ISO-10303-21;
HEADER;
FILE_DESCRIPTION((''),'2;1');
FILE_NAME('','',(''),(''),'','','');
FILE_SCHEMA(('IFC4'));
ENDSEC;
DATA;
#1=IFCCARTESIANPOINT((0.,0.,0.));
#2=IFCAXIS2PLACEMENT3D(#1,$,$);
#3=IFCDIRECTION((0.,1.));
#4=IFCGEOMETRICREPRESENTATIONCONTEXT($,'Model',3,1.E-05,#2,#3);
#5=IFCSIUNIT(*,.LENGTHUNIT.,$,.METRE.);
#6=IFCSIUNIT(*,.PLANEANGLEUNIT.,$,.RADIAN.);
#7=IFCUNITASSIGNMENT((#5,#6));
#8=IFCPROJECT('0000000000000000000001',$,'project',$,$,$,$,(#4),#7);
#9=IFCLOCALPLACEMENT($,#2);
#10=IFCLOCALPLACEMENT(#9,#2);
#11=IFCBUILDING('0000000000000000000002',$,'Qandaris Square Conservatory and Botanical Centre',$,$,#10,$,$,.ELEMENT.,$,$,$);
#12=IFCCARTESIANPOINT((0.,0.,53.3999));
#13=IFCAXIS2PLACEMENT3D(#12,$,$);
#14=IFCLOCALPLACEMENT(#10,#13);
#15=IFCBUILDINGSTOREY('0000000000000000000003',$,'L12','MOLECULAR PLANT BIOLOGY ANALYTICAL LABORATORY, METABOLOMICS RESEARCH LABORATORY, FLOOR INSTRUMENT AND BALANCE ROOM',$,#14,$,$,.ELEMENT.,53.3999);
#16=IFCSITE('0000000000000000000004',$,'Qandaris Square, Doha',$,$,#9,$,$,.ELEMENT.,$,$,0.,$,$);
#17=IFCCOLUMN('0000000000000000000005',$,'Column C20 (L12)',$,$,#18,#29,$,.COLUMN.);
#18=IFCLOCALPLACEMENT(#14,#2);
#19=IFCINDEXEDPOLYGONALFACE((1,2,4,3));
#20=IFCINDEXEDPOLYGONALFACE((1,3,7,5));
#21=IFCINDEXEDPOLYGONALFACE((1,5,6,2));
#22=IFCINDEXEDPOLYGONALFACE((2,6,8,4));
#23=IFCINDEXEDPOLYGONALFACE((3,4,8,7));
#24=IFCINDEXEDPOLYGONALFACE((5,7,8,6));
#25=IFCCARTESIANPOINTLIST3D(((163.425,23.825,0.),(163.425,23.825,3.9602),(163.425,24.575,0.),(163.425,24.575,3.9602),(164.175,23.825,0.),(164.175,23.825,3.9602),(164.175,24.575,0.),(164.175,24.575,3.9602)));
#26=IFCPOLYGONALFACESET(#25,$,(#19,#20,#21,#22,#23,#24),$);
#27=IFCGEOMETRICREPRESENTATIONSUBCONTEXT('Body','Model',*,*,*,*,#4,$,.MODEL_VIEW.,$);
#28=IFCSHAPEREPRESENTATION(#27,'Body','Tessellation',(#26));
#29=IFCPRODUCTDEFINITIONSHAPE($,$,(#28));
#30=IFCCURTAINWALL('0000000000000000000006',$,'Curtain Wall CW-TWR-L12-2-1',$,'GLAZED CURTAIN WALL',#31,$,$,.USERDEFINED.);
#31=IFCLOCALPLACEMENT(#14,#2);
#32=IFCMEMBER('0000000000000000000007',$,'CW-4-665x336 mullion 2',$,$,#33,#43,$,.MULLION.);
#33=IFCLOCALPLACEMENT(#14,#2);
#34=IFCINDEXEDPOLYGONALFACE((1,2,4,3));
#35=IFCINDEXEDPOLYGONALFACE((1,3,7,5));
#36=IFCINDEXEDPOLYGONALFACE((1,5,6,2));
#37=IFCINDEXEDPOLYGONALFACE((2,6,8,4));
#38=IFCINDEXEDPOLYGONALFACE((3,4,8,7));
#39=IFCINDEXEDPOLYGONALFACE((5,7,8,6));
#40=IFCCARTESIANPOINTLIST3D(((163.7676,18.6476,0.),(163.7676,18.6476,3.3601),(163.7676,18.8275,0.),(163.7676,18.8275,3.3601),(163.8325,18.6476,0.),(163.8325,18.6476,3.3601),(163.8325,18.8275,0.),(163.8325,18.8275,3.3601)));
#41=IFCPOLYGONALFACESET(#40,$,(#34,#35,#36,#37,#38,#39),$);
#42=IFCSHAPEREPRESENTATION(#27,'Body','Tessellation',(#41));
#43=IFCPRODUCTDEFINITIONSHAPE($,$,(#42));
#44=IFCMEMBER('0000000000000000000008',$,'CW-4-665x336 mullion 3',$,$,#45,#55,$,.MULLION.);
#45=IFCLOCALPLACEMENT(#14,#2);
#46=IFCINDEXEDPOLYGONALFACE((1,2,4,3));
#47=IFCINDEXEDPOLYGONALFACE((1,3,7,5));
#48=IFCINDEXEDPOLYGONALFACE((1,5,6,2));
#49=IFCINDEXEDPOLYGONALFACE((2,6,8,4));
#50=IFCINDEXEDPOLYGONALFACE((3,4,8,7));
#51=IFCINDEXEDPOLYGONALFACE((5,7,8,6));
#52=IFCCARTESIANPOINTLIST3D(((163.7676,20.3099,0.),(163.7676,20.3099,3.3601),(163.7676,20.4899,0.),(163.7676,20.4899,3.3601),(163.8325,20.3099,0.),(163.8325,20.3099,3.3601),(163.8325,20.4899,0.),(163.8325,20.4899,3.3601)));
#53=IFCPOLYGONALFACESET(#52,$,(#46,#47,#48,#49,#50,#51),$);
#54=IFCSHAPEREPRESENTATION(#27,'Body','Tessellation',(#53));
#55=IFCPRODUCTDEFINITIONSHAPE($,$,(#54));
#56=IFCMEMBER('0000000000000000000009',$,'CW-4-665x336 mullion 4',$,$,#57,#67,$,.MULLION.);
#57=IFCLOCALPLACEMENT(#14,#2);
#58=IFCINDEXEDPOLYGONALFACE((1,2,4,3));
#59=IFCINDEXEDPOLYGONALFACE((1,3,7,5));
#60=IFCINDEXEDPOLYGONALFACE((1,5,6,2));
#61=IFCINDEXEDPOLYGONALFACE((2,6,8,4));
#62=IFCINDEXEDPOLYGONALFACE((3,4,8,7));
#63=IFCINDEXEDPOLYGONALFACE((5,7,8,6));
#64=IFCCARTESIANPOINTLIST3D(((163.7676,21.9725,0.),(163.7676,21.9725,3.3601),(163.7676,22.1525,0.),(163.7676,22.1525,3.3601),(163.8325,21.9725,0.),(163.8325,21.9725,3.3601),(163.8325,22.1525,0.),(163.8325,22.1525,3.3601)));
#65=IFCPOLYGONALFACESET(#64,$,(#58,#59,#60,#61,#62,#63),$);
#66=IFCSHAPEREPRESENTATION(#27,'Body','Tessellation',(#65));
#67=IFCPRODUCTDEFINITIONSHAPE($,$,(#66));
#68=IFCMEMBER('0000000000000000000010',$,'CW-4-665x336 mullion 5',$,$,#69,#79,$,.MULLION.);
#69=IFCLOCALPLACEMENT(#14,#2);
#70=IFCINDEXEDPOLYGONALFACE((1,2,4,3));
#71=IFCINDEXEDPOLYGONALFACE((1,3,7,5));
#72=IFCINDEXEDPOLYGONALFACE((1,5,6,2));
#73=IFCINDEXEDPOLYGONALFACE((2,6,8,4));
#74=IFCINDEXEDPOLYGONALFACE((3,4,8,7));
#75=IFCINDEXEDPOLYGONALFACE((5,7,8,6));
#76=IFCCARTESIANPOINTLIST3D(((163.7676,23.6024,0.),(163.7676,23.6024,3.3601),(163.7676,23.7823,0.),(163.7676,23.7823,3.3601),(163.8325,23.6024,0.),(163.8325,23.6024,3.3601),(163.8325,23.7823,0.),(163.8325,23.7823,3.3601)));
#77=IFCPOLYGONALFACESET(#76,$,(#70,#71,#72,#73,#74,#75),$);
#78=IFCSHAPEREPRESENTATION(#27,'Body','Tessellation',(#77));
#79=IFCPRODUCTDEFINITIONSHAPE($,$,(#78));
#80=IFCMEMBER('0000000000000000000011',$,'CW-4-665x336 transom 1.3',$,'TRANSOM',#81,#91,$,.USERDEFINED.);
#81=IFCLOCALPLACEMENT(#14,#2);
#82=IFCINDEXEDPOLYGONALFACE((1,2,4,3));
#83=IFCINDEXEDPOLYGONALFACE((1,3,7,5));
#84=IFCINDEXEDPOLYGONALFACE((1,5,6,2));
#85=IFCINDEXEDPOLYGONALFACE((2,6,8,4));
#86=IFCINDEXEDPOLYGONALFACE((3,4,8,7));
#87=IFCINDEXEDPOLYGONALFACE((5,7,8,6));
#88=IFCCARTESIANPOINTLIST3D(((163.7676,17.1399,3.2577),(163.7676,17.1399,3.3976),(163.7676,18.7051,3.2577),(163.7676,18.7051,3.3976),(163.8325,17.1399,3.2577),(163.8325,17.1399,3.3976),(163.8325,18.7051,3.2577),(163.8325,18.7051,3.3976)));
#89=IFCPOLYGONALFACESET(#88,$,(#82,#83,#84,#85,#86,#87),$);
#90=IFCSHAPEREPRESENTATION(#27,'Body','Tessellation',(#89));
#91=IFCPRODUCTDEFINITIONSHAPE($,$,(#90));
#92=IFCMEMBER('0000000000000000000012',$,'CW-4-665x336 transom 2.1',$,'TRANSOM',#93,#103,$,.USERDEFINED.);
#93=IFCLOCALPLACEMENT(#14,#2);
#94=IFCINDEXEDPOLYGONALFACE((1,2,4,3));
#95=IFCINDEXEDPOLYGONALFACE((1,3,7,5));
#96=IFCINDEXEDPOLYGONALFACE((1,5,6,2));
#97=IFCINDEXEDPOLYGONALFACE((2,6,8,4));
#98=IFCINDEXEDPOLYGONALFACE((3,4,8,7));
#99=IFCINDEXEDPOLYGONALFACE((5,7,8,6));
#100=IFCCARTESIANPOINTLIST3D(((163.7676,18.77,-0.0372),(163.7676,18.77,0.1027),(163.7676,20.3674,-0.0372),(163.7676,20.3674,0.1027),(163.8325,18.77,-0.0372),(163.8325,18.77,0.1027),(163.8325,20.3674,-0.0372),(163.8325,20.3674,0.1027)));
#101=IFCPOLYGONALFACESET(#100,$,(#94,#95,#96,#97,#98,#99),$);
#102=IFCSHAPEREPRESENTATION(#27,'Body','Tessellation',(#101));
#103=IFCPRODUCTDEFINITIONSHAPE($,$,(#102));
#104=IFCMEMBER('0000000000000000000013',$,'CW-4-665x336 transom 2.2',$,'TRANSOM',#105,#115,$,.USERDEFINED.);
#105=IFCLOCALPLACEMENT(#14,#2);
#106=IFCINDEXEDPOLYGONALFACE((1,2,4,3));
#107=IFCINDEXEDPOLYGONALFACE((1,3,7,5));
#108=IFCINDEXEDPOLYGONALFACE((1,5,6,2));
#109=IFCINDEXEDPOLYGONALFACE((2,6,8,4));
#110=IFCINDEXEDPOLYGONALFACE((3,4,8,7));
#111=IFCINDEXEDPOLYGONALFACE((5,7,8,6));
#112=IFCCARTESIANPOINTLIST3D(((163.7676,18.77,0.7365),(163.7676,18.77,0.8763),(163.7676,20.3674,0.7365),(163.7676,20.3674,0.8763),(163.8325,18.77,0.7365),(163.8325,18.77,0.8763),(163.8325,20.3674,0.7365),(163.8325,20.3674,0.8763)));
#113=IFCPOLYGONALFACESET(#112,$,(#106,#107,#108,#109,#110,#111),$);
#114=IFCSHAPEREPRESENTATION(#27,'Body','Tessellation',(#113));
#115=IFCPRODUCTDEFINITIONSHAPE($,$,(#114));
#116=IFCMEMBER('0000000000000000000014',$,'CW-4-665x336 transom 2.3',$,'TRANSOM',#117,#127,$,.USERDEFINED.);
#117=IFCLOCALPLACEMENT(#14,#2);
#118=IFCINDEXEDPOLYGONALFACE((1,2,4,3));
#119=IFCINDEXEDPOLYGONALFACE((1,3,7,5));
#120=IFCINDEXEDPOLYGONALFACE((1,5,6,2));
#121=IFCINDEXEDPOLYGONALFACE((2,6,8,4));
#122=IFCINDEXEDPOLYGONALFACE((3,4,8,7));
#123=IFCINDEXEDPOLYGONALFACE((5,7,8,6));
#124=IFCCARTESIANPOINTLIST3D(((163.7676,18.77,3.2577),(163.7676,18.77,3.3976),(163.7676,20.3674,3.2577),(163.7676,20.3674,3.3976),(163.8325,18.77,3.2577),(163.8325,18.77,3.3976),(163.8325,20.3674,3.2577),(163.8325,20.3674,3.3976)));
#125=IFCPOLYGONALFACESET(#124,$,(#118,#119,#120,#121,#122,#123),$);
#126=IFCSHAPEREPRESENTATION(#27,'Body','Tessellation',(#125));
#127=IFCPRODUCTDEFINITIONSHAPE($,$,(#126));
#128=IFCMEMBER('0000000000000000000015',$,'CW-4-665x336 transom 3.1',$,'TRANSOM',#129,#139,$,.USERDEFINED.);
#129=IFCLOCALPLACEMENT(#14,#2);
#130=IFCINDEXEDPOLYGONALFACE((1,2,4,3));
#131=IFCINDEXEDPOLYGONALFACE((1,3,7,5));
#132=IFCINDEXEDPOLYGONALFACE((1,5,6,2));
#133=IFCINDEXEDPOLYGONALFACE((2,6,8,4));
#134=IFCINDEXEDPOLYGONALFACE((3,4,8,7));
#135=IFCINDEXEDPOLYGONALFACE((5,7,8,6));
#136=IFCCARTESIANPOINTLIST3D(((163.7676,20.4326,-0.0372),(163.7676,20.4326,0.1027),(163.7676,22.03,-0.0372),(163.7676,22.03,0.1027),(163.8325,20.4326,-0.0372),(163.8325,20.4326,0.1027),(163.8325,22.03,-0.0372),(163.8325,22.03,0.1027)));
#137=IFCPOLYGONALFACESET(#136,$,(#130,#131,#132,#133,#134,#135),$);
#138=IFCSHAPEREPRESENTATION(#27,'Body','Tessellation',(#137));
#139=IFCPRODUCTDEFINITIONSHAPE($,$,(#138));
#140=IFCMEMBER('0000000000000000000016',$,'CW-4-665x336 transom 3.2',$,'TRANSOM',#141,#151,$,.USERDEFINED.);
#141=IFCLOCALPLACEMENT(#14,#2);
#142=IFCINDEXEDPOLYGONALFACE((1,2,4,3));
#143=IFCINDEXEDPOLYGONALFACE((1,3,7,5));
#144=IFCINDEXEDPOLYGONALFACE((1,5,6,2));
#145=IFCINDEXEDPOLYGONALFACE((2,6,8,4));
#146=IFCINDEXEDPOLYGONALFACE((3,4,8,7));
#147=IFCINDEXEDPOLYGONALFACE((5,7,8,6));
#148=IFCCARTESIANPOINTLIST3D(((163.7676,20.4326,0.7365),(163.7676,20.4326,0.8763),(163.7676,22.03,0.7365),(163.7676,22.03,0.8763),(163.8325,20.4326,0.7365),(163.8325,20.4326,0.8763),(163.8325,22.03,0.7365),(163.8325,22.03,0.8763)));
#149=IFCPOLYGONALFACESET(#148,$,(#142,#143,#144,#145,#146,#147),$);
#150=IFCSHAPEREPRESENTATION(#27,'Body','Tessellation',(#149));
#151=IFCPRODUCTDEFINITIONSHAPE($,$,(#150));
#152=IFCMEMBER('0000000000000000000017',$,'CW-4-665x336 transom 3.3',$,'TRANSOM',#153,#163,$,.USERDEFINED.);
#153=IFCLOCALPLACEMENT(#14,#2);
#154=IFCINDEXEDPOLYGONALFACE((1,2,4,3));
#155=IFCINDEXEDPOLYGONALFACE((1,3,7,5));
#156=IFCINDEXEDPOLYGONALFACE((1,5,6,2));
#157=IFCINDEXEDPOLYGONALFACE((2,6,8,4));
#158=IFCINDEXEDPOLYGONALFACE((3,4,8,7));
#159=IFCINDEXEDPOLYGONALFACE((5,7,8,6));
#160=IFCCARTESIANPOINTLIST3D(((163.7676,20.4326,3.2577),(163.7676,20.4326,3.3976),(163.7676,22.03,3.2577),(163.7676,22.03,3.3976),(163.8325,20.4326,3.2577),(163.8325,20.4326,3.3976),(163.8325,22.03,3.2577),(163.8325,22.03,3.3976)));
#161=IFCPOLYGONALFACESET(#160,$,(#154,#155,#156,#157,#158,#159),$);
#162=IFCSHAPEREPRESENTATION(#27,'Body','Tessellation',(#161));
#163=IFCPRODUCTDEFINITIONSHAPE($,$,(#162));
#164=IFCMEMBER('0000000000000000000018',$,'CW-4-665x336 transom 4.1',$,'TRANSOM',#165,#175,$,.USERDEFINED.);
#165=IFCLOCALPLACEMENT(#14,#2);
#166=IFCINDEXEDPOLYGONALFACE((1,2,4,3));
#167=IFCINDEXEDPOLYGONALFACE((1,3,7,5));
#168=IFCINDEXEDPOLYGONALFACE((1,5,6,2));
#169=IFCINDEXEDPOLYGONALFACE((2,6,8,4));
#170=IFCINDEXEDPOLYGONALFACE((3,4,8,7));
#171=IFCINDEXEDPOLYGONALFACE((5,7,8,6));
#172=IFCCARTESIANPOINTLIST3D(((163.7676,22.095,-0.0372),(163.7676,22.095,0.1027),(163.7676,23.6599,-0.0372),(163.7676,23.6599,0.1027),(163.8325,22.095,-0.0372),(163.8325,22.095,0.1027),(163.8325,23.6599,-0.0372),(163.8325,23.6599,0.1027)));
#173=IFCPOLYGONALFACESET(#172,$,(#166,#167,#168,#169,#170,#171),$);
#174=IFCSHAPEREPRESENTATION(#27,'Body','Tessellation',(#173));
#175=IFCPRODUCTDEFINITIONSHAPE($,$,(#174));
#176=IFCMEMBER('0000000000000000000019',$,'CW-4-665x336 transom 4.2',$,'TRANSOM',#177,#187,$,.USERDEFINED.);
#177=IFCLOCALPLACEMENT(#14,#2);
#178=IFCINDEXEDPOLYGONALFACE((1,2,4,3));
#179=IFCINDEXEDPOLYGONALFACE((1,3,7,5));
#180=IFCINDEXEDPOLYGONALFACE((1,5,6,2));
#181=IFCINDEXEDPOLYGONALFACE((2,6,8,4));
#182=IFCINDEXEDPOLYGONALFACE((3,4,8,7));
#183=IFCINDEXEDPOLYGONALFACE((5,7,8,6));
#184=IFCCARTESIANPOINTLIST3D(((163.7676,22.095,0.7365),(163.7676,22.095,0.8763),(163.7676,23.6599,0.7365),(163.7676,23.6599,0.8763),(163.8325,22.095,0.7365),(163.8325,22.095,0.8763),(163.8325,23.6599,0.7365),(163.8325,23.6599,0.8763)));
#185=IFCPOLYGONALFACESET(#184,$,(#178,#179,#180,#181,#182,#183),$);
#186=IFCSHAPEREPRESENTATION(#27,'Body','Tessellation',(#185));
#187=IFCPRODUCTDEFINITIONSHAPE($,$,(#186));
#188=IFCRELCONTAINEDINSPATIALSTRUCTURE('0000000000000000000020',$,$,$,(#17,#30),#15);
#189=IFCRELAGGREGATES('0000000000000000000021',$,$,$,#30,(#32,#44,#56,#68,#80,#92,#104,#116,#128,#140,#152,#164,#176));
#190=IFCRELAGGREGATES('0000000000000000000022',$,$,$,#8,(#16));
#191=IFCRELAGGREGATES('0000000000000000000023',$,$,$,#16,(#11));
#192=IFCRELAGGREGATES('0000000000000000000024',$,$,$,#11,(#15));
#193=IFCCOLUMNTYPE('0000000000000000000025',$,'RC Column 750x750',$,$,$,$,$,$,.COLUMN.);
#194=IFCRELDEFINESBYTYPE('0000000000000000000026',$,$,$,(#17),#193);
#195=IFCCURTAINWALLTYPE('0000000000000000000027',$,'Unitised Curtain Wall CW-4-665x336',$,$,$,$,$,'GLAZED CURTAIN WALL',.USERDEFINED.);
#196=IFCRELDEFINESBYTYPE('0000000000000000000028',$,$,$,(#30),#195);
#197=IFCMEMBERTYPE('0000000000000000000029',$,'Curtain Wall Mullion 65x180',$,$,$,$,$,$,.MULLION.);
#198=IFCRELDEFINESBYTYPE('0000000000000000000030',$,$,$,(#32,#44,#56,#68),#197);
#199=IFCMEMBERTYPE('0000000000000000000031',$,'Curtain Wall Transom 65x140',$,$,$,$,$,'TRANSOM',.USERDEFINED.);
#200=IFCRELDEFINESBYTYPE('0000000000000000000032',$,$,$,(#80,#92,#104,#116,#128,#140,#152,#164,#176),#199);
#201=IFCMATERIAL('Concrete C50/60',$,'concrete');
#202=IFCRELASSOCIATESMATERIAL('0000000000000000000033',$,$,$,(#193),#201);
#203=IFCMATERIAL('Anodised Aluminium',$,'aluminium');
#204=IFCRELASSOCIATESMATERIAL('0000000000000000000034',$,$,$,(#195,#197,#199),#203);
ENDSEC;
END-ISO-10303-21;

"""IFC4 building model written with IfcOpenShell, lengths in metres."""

from ifc_helpers import new_model, si_unit, direction, frame, origin, origin_2d, place, context, subcontext, project, spatial, rectangle, extrude, material, material_profile, profile_set, type_object, element, aggregate, save


model = new_model("IFC4")

# Units and contexts
model_context = context("Model", 3, precision=1e-05, world=origin(), true_north=direction((0.0, 1.0)))
body_context = subcontext(model_context, "Body", "Model", "MODEL_VIEW")
ifc_project = project(units=[si_unit("LENGTHUNIT", "METRE"), si_unit("PLANEANGLEUNIT", "RADIAN")], contexts=[model_context])

# Site, building, storey
site_placement = place(None, origin())
site = spatial("IfcSite", under=ifc_project, at=site_placement, Name="Qandaris Square, Doha", CompositionType="ELEMENT", RefElevation=0.0)
building_placement = place(site_placement, origin())
building = spatial("IfcBuilding", under=site, at=building_placement, Name="Qandaris Square Conservatory and Botanical Centre", CompositionType="ELEMENT")
storey_placement = place(building_placement, frame((0.0, 0.0, 53.3999)))
storey = spatial("IfcBuildingStorey", under=building, at=storey_placement, Name="L12", Description="MOLECULAR PLANT BIOLOGY ANALYTICAL LABORATORY, METABOLOMICS RESEARCH LABORATORY, FLOOR INSTRUMENT AND BALANCE ROOM", CompositionType="ELEMENT", Elevation=53.3999)

# Column
ifc_material_1 = material(Name="Concrete C50/60", Category="concrete")
ifc_material_profile_1 = material_profile(ifc_material_1, rectangle(XDim=0.75, YDim=0.75, at=origin_2d()), Name="RC-COL 750x750")
ifc_profile_set_1 = profile_set([ifc_material_profile_1], Name="Concrete C50/60")
column_type = type_object("IfcColumnType", Name="RC Column 750x750", PredefinedType="COLUMN", material=ifc_profile_set_1)
column_placement = place(storey_placement, frame((163.8, 24.2, 0.0), z_axis=(0.0, 0.0, 1.0), x_axis=(1.0, 0.0, 0.0)))
element("IfcColumn", 1, at=column_placement, inside=storey, type_object=column_type, Name="Column C20 (L12)", PredefinedType="COLUMN", context=body_context, shape_type="SweptSolid", body=[
    extrude(rectangle(XDim=0.75, YDim=0.75, at=origin_2d()), origin(), (0.0, 0.0, 1.0), 3.9602),
])

# Curtain wall, members
ifc_material_2 = material(Name="Anodised Aluminium", Category="aluminium")
curtain_wall_type = type_object("IfcCurtainWallType", Name="Unitised Curtain Wall CW-4-665x336", ElementType="GLAZED CURTAIN WALL", PredefinedType="USERDEFINED", material=ifc_material_2)
curtain_wall_placement = place(storey_placement, origin())
curtain_wall = element("IfcCurtainWall", 2, at=curtain_wall_placement, inside=storey, type_object=curtain_wall_type, Name="Curtain Wall CW-TWR-L12-2-1", ObjectType="GLAZED CURTAIN WALL", PredefinedType="USERDEFINED")
ifc_material_profile_2 = material_profile(ifc_material_2, rectangle(XDim=0.0649, YDim=0.1799, at=origin_2d()), Name="ALU-MUL 65x180")
ifc_profile_set_2 = profile_set([ifc_material_profile_2], Name="Anodised Aluminium")
member_type_1 = type_object("IfcMemberType", Name="Curtain Wall Mullion 65x180", PredefinedType="MULLION", material=ifc_profile_set_2)
member_1_placement = place(storey_placement, frame((163.8, 18.7375, 0.0), z_axis=(0.0, 0.0, 1.0), x_axis=(-1.0, 0.0, 0.0)))
member_1 = element("IfcMember", 3, at=member_1_placement, type_object=member_type_1, Name="CW-4-665x336 mullion 2", PredefinedType="MULLION", context=body_context, shape_type="SweptSolid", body=[
    extrude(rectangle(XDim=0.0649, YDim=0.1799, at=origin_2d()), origin(), (0.0, 0.0, 1.0), 3.3601),
])
member_2_placement = place(storey_placement, frame((163.8, 20.3999, 0.0), z_axis=(0.0, 0.0, 1.0), x_axis=(-1.0, 0.0, 0.0)))
member_2 = element("IfcMember", 4, at=member_2_placement, type_object=member_type_1, Name="CW-4-665x336 mullion 3", PredefinedType="MULLION", context=body_context, shape_type="SweptSolid", body=[
    extrude(rectangle(XDim=0.0649, YDim=0.1799, at=origin_2d()), origin(), (0.0, 0.0, 1.0), 3.3601),
])
member_3_placement = place(storey_placement, frame((163.8, 22.0625, 0.0), z_axis=(0.0, 0.0, 1.0), x_axis=(-1.0, 0.0, 0.0)))
member_3 = element("IfcMember", 5, at=member_3_placement, type_object=member_type_1, Name="CW-4-665x336 mullion 4", PredefinedType="MULLION", context=body_context, shape_type="SweptSolid", body=[
    extrude(rectangle(XDim=0.0649, YDim=0.1799, at=origin_2d()), origin(), (0.0, 0.0, 1.0), 3.3601),
])
member_4_placement = place(storey_placement, frame((163.8, 23.6924, 0.0), z_axis=(0.0, 0.0, 1.0), x_axis=(-1.0, 0.0, 0.0)))
member_4 = element("IfcMember", 6, at=member_4_placement, type_object=member_type_1, Name="CW-4-665x336 mullion 5", PredefinedType="MULLION", context=body_context, shape_type="SweptSolid", body=[
    extrude(rectangle(XDim=0.0649, YDim=0.1799, at=origin_2d()), origin(), (0.0, 0.0, 1.0), 3.3601),
])
ifc_material_profile_3 = material_profile(ifc_material_2, rectangle(XDim=0.0649, YDim=0.1399, at=origin_2d()), Name="ALU-TRN 65x140")
ifc_profile_set_3 = profile_set([ifc_material_profile_3], Name="Anodised Aluminium")
member_type_2 = type_object("IfcMemberType", Name="Curtain Wall Transom 65x140", ElementType="TRANSOM", PredefinedType="USERDEFINED", material=ifc_profile_set_3)
member_5_placement = place(storey_placement, frame((163.8, 17.1399, 3.3276), z_axis=(0.0, 1.0, 0.0), x_axis=(-1.0, 0.0, 0.0)))
member_5 = element("IfcMember", 7, at=member_5_placement, type_object=member_type_2, Name="CW-4-665x336 transom 1.3", ObjectType="TRANSOM", PredefinedType="USERDEFINED", context=body_context, shape_type="SweptSolid", body=[
    extrude(rectangle(XDim=0.0649, YDim=0.1399, at=origin_2d()), origin(), (0.0, 0.0, 1.0), 1.5652),
])
member_6_placement = place(storey_placement, frame((163.8, 18.77, 0.0327), z_axis=(0.0, 1.0, 0.0), x_axis=(-1.0, 0.0, 0.0)))
member_6 = element("IfcMember", 8, at=member_6_placement, type_object=member_type_2, Name="CW-4-665x336 transom 2.1", ObjectType="TRANSOM", PredefinedType="USERDEFINED", context=body_context, shape_type="SweptSolid", body=[
    extrude(rectangle(XDim=0.0649, YDim=0.1399, at=origin_2d()), origin(), (0.0, 0.0, 1.0), 1.5974),
])
member_7_placement = place(storey_placement, frame((163.8, 18.77, 0.8064), z_axis=(0.0, 1.0, 0.0), x_axis=(-1.0, 0.0, 0.0)))
member_7 = element("IfcMember", 9, at=member_7_placement, type_object=member_type_2, Name="CW-4-665x336 transom 2.2", ObjectType="TRANSOM", PredefinedType="USERDEFINED", context=body_context, shape_type="SweptSolid", body=[
    extrude(rectangle(XDim=0.0649, YDim=0.1399, at=origin_2d()), origin(), (0.0, 0.0, 1.0), 1.5974),
])
member_8_placement = place(storey_placement, frame((163.8, 18.77, 3.3276), z_axis=(0.0, 1.0, 0.0), x_axis=(-1.0, 0.0, 0.0)))
member_8 = element("IfcMember", 10, at=member_8_placement, type_object=member_type_2, Name="CW-4-665x336 transom 2.3", ObjectType="TRANSOM", PredefinedType="USERDEFINED", context=body_context, shape_type="SweptSolid", body=[
    extrude(rectangle(XDim=0.0649, YDim=0.1399, at=origin_2d()), origin(), (0.0, 0.0, 1.0), 1.5974),
])
member_9_placement = place(storey_placement, frame((163.8, 20.4326, 0.0327), z_axis=(0.0, 1.0, 0.0), x_axis=(-1.0, 0.0, 0.0)))
member_9 = element("IfcMember", 11, at=member_9_placement, type_object=member_type_2, Name="CW-4-665x336 transom 3.1", ObjectType="TRANSOM", PredefinedType="USERDEFINED", context=body_context, shape_type="SweptSolid", body=[
    extrude(rectangle(XDim=0.0649, YDim=0.1399, at=origin_2d()), origin(), (0.0, 0.0, 1.0), 1.5974),
])
member_10_placement = place(storey_placement, frame((163.8, 20.4326, 0.8064), z_axis=(0.0, 1.0, 0.0), x_axis=(-1.0, 0.0, 0.0)))
member_10 = element("IfcMember", 12, at=member_10_placement, type_object=member_type_2, Name="CW-4-665x336 transom 3.2", ObjectType="TRANSOM", PredefinedType="USERDEFINED", context=body_context, shape_type="SweptSolid", body=[
    extrude(rectangle(XDim=0.0649, YDim=0.1399, at=origin_2d()), origin(), (0.0, 0.0, 1.0), 1.5974),
])
member_11_placement = place(storey_placement, frame((163.8, 20.4326, 3.3276), z_axis=(0.0, 1.0, 0.0), x_axis=(-1.0, 0.0, 0.0)))
member_11 = element("IfcMember", 13, at=member_11_placement, type_object=member_type_2, Name="CW-4-665x336 transom 3.3", ObjectType="TRANSOM", PredefinedType="USERDEFINED", context=body_context, shape_type="SweptSolid", body=[
    extrude(rectangle(XDim=0.0649, YDim=0.1399, at=origin_2d()), origin(), (0.0, 0.0, 1.0), 1.5974),
])
member_12_placement = place(storey_placement, frame((163.8, 22.095, 0.0327), z_axis=(0.0, 1.0, 0.0), x_axis=(-1.0, 0.0, 0.0)))
member_12 = element("IfcMember", 14, at=member_12_placement, type_object=member_type_2, Name="CW-4-665x336 transom 4.1", ObjectType="TRANSOM", PredefinedType="USERDEFINED", context=body_context, shape_type="SweptSolid", body=[
    extrude(rectangle(XDim=0.0649, YDim=0.1399, at=origin_2d()), origin(), (0.0, 0.0, 1.0), 1.5649),
])
member_13_placement = place(storey_placement, frame((163.8, 22.095, 0.8064), z_axis=(0.0, 1.0, 0.0), x_axis=(-1.0, 0.0, 0.0)))
member_13 = element("IfcMember", 15, at=member_13_placement, type_object=member_type_2, Name="CW-4-665x336 transom 4.2", ObjectType="TRANSOM", PredefinedType="USERDEFINED", context=body_context, shape_type="SweptSolid", body=[
    extrude(rectangle(XDim=0.0649, YDim=0.1399, at=origin_2d()), origin(), (0.0, 0.0, 1.0), 1.5649),
])
aggregate(curtain_wall, [member_1, member_2, member_3, member_4, member_5, member_6, member_7, member_8, member_9, member_10, member_11, member_12, member_13])

save(model, "model.ifc")
